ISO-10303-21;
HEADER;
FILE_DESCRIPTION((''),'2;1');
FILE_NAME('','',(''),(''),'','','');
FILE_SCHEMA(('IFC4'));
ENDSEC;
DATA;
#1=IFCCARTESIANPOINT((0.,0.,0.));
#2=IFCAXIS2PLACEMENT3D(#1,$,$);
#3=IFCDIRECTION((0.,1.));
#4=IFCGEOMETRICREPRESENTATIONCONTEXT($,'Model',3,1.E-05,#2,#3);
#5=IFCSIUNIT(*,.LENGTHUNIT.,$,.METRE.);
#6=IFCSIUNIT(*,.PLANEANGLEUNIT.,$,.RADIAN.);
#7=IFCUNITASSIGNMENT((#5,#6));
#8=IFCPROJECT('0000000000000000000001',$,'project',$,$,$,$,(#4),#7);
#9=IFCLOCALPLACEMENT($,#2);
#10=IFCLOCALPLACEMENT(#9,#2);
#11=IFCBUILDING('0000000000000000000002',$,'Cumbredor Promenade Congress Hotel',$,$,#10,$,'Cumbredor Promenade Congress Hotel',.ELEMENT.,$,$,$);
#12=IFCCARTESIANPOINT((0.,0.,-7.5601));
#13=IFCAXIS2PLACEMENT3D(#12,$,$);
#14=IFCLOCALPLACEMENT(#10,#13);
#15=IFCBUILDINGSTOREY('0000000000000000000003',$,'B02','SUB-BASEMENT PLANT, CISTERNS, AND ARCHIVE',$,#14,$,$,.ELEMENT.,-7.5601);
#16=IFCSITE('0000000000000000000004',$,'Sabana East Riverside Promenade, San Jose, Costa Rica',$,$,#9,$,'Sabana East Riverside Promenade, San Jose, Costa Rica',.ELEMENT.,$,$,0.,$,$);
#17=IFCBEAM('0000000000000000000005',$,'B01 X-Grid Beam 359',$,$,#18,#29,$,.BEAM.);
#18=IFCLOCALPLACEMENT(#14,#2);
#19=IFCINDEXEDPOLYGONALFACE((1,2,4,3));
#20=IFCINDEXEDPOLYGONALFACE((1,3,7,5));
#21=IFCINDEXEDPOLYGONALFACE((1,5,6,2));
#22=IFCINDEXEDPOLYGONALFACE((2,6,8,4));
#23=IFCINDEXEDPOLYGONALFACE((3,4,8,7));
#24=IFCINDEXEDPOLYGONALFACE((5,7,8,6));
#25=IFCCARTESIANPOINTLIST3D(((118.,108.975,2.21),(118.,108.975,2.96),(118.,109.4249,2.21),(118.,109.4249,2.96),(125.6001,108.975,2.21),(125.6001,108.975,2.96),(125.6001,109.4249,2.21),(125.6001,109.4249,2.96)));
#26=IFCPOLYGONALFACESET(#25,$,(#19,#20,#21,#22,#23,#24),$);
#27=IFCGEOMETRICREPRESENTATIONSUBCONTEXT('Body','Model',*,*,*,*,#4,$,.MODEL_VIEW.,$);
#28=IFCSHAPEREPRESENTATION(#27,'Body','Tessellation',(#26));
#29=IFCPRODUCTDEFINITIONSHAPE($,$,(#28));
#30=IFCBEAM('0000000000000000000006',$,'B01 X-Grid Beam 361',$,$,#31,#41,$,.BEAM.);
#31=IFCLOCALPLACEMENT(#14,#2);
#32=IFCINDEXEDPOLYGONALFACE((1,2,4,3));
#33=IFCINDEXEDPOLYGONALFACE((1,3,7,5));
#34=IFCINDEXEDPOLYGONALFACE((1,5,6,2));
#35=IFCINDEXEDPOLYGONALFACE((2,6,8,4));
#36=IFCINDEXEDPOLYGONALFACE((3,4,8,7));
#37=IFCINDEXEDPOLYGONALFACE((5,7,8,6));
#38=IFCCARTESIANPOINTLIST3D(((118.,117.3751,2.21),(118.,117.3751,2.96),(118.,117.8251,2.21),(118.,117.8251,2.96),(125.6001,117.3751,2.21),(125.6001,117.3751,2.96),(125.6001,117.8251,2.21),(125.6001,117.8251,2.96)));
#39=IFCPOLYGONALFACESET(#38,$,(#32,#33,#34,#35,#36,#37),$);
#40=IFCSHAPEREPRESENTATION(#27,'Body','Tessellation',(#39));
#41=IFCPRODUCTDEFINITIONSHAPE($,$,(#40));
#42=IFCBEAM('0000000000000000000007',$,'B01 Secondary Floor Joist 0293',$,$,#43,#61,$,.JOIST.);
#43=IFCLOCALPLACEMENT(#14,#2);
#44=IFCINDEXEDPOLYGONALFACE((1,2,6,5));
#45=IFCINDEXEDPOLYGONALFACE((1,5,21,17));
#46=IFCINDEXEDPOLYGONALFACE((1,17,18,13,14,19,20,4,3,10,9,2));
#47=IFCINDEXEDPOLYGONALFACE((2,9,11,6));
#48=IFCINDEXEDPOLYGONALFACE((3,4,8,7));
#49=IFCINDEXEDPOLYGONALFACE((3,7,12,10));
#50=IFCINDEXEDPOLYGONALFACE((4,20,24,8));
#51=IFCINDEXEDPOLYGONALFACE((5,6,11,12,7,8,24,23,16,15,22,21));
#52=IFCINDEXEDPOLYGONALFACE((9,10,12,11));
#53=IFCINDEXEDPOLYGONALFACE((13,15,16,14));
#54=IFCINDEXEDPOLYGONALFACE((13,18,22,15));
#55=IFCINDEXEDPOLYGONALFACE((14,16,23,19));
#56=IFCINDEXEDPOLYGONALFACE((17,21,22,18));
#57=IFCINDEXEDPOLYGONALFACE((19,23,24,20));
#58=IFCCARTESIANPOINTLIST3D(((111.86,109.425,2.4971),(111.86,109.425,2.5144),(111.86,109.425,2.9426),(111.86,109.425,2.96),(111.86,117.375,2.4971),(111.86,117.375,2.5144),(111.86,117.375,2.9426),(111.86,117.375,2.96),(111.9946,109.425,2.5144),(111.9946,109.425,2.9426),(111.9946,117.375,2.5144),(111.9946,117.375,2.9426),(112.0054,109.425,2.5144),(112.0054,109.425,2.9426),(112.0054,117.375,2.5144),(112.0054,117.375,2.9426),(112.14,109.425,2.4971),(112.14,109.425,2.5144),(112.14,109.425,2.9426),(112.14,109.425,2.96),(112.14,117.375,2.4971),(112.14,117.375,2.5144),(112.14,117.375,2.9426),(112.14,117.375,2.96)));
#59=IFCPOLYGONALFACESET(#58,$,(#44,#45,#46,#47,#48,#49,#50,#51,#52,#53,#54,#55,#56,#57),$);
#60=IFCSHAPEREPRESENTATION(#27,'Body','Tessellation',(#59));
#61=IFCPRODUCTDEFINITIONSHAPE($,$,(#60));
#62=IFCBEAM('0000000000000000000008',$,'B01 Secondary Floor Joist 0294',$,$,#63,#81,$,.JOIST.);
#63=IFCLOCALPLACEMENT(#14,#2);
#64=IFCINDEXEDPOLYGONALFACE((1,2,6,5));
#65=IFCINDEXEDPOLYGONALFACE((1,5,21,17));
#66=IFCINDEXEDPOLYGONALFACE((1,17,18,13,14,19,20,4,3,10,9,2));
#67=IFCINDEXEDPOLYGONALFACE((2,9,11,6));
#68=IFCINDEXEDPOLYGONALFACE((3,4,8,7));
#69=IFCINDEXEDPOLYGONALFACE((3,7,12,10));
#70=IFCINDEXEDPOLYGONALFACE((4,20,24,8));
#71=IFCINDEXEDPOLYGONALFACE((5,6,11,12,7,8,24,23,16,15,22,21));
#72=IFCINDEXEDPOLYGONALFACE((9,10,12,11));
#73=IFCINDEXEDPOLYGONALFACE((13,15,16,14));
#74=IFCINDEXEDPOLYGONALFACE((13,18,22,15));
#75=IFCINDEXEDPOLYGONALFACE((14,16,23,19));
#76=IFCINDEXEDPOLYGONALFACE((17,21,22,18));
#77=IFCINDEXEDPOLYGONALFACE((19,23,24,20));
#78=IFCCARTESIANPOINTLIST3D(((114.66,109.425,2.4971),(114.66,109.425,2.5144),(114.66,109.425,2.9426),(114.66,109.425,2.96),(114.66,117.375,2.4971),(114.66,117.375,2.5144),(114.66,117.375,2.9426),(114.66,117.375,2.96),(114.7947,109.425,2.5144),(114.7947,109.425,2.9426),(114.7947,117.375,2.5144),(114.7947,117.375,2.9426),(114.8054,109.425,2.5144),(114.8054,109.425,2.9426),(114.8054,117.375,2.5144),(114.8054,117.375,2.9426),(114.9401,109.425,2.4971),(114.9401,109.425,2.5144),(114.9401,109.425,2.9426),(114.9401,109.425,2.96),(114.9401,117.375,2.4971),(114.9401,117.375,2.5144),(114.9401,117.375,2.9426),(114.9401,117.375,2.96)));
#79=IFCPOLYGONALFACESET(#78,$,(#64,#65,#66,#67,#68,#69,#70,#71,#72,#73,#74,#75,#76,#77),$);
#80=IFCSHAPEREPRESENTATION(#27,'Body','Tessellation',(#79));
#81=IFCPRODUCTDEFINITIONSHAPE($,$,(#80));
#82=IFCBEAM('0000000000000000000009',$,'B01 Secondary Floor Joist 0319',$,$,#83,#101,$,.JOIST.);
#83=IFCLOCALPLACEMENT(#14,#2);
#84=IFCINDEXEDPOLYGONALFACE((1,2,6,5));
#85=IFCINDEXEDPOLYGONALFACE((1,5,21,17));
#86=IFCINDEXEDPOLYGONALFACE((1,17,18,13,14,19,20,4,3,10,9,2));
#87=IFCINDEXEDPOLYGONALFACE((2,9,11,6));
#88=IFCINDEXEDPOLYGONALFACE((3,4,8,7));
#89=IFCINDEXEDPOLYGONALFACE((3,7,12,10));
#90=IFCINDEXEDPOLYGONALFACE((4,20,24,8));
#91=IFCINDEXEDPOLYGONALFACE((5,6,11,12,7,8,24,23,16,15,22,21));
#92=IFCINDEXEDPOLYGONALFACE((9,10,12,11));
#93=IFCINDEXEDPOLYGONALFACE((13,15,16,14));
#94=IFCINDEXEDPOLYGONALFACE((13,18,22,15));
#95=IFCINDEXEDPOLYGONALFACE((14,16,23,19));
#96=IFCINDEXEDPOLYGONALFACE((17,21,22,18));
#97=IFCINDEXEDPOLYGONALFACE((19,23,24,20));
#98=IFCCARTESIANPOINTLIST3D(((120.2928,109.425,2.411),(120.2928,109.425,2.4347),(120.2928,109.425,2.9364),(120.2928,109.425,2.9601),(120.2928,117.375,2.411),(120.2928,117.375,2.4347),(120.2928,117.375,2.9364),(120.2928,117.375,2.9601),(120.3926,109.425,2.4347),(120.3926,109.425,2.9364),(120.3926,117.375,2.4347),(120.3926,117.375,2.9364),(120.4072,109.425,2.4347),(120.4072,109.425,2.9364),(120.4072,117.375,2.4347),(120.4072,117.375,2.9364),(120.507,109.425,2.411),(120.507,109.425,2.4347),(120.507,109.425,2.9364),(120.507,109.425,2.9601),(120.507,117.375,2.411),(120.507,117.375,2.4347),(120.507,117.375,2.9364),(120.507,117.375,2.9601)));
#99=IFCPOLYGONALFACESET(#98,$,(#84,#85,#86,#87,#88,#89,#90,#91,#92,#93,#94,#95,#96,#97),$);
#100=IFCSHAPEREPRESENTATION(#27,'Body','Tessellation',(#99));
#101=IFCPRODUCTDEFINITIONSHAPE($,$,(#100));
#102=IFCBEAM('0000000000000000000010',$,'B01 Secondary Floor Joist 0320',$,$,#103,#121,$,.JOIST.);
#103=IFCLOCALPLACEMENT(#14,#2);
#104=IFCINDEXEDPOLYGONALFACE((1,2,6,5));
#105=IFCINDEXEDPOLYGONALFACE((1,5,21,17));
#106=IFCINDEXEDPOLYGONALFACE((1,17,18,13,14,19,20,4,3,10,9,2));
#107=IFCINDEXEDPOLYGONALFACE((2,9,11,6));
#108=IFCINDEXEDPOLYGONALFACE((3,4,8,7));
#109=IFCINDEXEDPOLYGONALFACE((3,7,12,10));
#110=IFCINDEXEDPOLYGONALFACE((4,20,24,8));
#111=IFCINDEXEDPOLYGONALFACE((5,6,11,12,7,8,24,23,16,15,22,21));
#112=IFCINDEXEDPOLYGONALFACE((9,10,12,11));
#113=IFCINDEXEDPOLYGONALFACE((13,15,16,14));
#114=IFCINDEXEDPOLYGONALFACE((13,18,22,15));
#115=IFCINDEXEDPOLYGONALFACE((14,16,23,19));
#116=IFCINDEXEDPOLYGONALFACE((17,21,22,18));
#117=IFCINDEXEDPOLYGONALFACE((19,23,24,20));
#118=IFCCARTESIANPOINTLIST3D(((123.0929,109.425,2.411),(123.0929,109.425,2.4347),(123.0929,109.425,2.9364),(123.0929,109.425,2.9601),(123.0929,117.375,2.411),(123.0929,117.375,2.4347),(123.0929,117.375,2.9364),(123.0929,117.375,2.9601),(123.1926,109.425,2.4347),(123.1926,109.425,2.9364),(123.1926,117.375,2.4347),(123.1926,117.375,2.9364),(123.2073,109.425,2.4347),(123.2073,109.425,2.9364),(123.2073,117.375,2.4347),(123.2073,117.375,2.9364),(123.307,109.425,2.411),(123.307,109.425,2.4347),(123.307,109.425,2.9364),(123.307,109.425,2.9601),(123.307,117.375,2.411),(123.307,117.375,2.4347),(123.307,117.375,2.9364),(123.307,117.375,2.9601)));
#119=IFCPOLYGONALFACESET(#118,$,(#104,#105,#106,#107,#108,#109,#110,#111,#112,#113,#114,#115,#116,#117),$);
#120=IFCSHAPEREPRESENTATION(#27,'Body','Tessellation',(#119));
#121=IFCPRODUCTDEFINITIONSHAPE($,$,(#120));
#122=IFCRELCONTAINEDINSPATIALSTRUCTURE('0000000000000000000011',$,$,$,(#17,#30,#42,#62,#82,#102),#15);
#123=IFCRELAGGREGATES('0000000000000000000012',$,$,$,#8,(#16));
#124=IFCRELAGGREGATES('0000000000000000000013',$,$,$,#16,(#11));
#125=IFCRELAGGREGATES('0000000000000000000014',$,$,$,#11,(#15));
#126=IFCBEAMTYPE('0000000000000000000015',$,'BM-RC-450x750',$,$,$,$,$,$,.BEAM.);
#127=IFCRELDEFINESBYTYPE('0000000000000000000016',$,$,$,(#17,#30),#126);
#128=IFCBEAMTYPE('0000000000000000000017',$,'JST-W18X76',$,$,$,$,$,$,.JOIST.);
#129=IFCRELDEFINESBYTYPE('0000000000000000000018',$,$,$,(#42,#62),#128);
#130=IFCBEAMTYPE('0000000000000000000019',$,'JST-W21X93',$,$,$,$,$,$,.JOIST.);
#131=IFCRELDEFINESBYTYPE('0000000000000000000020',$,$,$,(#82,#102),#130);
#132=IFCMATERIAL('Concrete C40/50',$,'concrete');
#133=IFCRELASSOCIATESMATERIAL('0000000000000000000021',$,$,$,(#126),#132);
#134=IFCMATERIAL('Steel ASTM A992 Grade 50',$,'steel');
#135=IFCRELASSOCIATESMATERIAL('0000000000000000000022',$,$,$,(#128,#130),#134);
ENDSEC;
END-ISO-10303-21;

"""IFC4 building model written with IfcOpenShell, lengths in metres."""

from ifc_helpers import new_model, si_unit, direction, frame, origin, origin_2d, place, context, subcontext, project, spatial, rectangle, i_section, extrude, material, material_profile, profile_set, type_object, element, save


model = new_model("IFC4")

# Units and contexts
model_context = context("Model", 3, precision=1e-05, world=origin(), true_north=direction((0.0, 1.0)))
body_context = subcontext(model_context, "Body", "Model", "MODEL_VIEW")
ifc_project = project(units=[si_unit("LENGTHUNIT", "METRE"), si_unit("PLANEANGLEUNIT", "RADIAN")], contexts=[model_context])

# Site, building, storey
site_placement = place(None, origin())
site = spatial("IfcSite", under=ifc_project, at=site_placement, Name="Sabana East Riverside Promenade, San Jose, Costa Rica", LongName="Sabana East Riverside Promenade, San Jose, Costa Rica", CompositionType="ELEMENT", RefElevation=0.0)
building_placement = place(site_placement, origin())
building = spatial("IfcBuilding", under=site, at=building_placement, Name="Cumbredor Promenade Congress Hotel", LongName="Cumbredor Promenade Congress Hotel", CompositionType="ELEMENT")
storey_placement = place(building_placement, frame((0.0, 0.0, -7.5601)))
storey = spatial("IfcBuildingStorey", under=building, at=storey_placement, Name="B02", Description="SUB-BASEMENT PLANT, CISTERNS, AND ARCHIVE", CompositionType="ELEMENT", Elevation=-7.5601)

# Shared definitions
ifc_material_1 = material(Name="Concrete C40/50", Category="concrete")

# Beams
ifc_material_profile_1 = material_profile(ifc_material_1, rectangle(XDim=0.45, YDim=0.75, at=origin_2d()), Name="RC BEAM 450x750")
ifc_profile_set_1 = profile_set([ifc_material_profile_1], Name="Concrete C40/50")
beam_type_1 = type_object("IfcBeamType", Name="BM-RC-450x750", PredefinedType="BEAM", material=ifc_profile_set_1)
for number, where, z_axis, x_axis, name in (
    (1, (118.0, 109.2, 2.585), (1.0, 0.0, 0.0), (0.0, 1.0, 0.0), "B01 X-Grid Beam 359"),
    (2, (118.0, 117.6001, 2.585), (1.0, 0.0, 0.0), (0.0, 1.0, 0.0), "B01 X-Grid Beam 361"),
):
    element("IfcBeam", number, at=place(storey_placement, frame(where, z_axis=z_axis, x_axis=x_axis)), inside=storey, type_object=beam_type_1, Name=name, PredefinedType="BEAM", context=body_context, shape_type="SweptSolid", body=[
        extrude(rectangle(XDim=0.45, YDim=0.75, at=origin_2d()), origin(), (0.0, 0.0, 1.0), 7.6001),
    ])
ifc_material_2 = material(Name="Steel ASTM A992 Grade 50", Category="steel")
ifc_material_profile_2 = material_profile(ifc_material_2, i_section(OverallWidth=0.28, OverallDepth=0.4629, WebThickness=0.0107, FlangeThickness=0.0173, at=origin_2d()), Name="W18X76")
ifc_profile_set_2 = profile_set([ifc_material_profile_2], Name="Steel ASTM A992 Grade 50")
beam_type_2 = type_object("IfcBeamType", Name="JST-W18X76", PredefinedType="JOIST", material=ifc_profile_set_2)
for number, where, z_axis, x_axis, name in (
    (3, (112.0, 109.425, 2.7285), (0.0, 1.0, 0.0), (-1.0, 0.0, 0.0), "B01 Secondary Floor Joist 0293"),
    (4, (114.8, 109.425, 2.7285), (0.0, 1.0, 0.0), (-1.0, 0.0, 0.0), "B01 Secondary Floor Joist 0294"),
):
    element("IfcBeam", number, at=place(storey_placement, frame(where, z_axis=z_axis, x_axis=x_axis)), inside=storey, type_object=beam_type_2, Name=name, PredefinedType="JOIST", context=body_context, shape_type="SweptSolid", body=[
        extrude(i_section(OverallWidth=0.28, OverallDepth=0.4629, WebThickness=0.0107, FlangeThickness=0.0173, at=origin_2d()), origin(), (0.0, 0.0, 1.0), 7.95),
    ])
ifc_material_profile_3 = material_profile(ifc_material_2, i_section(OverallWidth=0.2141, OverallDepth=0.5491, WebThickness=0.0146, FlangeThickness=0.0237, at=origin_2d()), Name="W21X93")
ifc_profile_set_3 = profile_set([ifc_material_profile_3], Name="Steel ASTM A992 Grade 50")
beam_type_3 = type_object("IfcBeamType", Name="JST-W21X93", PredefinedType="JOIST", material=ifc_profile_set_3)
for number, where, z_axis, x_axis, name in (
    (5, (120.3999, 109.425, 2.6855), (0.0, 1.0, 0.0), (-1.0, 0.0, 0.0), "B01 Secondary Floor Joist 0319"),
    (6, (123.2, 109.425, 2.6855), (0.0, 1.0, 0.0), (-1.0, 0.0, 0.0), "B01 Secondary Floor Joist 0320"),
):
    element("IfcBeam", number, at=place(storey_placement, frame(where, z_axis=z_axis, x_axis=x_axis)), inside=storey, type_object=beam_type_3, Name=name, PredefinedType="JOIST", context=body_context, shape_type="SweptSolid", body=[
        extrude(i_section(OverallWidth=0.2141, OverallDepth=0.5491, WebThickness=0.0146, FlangeThickness=0.0237, at=origin_2d()), origin(), (0.0, 0.0, 1.0), 7.95),
    ])

save(model, "model.ifc")
